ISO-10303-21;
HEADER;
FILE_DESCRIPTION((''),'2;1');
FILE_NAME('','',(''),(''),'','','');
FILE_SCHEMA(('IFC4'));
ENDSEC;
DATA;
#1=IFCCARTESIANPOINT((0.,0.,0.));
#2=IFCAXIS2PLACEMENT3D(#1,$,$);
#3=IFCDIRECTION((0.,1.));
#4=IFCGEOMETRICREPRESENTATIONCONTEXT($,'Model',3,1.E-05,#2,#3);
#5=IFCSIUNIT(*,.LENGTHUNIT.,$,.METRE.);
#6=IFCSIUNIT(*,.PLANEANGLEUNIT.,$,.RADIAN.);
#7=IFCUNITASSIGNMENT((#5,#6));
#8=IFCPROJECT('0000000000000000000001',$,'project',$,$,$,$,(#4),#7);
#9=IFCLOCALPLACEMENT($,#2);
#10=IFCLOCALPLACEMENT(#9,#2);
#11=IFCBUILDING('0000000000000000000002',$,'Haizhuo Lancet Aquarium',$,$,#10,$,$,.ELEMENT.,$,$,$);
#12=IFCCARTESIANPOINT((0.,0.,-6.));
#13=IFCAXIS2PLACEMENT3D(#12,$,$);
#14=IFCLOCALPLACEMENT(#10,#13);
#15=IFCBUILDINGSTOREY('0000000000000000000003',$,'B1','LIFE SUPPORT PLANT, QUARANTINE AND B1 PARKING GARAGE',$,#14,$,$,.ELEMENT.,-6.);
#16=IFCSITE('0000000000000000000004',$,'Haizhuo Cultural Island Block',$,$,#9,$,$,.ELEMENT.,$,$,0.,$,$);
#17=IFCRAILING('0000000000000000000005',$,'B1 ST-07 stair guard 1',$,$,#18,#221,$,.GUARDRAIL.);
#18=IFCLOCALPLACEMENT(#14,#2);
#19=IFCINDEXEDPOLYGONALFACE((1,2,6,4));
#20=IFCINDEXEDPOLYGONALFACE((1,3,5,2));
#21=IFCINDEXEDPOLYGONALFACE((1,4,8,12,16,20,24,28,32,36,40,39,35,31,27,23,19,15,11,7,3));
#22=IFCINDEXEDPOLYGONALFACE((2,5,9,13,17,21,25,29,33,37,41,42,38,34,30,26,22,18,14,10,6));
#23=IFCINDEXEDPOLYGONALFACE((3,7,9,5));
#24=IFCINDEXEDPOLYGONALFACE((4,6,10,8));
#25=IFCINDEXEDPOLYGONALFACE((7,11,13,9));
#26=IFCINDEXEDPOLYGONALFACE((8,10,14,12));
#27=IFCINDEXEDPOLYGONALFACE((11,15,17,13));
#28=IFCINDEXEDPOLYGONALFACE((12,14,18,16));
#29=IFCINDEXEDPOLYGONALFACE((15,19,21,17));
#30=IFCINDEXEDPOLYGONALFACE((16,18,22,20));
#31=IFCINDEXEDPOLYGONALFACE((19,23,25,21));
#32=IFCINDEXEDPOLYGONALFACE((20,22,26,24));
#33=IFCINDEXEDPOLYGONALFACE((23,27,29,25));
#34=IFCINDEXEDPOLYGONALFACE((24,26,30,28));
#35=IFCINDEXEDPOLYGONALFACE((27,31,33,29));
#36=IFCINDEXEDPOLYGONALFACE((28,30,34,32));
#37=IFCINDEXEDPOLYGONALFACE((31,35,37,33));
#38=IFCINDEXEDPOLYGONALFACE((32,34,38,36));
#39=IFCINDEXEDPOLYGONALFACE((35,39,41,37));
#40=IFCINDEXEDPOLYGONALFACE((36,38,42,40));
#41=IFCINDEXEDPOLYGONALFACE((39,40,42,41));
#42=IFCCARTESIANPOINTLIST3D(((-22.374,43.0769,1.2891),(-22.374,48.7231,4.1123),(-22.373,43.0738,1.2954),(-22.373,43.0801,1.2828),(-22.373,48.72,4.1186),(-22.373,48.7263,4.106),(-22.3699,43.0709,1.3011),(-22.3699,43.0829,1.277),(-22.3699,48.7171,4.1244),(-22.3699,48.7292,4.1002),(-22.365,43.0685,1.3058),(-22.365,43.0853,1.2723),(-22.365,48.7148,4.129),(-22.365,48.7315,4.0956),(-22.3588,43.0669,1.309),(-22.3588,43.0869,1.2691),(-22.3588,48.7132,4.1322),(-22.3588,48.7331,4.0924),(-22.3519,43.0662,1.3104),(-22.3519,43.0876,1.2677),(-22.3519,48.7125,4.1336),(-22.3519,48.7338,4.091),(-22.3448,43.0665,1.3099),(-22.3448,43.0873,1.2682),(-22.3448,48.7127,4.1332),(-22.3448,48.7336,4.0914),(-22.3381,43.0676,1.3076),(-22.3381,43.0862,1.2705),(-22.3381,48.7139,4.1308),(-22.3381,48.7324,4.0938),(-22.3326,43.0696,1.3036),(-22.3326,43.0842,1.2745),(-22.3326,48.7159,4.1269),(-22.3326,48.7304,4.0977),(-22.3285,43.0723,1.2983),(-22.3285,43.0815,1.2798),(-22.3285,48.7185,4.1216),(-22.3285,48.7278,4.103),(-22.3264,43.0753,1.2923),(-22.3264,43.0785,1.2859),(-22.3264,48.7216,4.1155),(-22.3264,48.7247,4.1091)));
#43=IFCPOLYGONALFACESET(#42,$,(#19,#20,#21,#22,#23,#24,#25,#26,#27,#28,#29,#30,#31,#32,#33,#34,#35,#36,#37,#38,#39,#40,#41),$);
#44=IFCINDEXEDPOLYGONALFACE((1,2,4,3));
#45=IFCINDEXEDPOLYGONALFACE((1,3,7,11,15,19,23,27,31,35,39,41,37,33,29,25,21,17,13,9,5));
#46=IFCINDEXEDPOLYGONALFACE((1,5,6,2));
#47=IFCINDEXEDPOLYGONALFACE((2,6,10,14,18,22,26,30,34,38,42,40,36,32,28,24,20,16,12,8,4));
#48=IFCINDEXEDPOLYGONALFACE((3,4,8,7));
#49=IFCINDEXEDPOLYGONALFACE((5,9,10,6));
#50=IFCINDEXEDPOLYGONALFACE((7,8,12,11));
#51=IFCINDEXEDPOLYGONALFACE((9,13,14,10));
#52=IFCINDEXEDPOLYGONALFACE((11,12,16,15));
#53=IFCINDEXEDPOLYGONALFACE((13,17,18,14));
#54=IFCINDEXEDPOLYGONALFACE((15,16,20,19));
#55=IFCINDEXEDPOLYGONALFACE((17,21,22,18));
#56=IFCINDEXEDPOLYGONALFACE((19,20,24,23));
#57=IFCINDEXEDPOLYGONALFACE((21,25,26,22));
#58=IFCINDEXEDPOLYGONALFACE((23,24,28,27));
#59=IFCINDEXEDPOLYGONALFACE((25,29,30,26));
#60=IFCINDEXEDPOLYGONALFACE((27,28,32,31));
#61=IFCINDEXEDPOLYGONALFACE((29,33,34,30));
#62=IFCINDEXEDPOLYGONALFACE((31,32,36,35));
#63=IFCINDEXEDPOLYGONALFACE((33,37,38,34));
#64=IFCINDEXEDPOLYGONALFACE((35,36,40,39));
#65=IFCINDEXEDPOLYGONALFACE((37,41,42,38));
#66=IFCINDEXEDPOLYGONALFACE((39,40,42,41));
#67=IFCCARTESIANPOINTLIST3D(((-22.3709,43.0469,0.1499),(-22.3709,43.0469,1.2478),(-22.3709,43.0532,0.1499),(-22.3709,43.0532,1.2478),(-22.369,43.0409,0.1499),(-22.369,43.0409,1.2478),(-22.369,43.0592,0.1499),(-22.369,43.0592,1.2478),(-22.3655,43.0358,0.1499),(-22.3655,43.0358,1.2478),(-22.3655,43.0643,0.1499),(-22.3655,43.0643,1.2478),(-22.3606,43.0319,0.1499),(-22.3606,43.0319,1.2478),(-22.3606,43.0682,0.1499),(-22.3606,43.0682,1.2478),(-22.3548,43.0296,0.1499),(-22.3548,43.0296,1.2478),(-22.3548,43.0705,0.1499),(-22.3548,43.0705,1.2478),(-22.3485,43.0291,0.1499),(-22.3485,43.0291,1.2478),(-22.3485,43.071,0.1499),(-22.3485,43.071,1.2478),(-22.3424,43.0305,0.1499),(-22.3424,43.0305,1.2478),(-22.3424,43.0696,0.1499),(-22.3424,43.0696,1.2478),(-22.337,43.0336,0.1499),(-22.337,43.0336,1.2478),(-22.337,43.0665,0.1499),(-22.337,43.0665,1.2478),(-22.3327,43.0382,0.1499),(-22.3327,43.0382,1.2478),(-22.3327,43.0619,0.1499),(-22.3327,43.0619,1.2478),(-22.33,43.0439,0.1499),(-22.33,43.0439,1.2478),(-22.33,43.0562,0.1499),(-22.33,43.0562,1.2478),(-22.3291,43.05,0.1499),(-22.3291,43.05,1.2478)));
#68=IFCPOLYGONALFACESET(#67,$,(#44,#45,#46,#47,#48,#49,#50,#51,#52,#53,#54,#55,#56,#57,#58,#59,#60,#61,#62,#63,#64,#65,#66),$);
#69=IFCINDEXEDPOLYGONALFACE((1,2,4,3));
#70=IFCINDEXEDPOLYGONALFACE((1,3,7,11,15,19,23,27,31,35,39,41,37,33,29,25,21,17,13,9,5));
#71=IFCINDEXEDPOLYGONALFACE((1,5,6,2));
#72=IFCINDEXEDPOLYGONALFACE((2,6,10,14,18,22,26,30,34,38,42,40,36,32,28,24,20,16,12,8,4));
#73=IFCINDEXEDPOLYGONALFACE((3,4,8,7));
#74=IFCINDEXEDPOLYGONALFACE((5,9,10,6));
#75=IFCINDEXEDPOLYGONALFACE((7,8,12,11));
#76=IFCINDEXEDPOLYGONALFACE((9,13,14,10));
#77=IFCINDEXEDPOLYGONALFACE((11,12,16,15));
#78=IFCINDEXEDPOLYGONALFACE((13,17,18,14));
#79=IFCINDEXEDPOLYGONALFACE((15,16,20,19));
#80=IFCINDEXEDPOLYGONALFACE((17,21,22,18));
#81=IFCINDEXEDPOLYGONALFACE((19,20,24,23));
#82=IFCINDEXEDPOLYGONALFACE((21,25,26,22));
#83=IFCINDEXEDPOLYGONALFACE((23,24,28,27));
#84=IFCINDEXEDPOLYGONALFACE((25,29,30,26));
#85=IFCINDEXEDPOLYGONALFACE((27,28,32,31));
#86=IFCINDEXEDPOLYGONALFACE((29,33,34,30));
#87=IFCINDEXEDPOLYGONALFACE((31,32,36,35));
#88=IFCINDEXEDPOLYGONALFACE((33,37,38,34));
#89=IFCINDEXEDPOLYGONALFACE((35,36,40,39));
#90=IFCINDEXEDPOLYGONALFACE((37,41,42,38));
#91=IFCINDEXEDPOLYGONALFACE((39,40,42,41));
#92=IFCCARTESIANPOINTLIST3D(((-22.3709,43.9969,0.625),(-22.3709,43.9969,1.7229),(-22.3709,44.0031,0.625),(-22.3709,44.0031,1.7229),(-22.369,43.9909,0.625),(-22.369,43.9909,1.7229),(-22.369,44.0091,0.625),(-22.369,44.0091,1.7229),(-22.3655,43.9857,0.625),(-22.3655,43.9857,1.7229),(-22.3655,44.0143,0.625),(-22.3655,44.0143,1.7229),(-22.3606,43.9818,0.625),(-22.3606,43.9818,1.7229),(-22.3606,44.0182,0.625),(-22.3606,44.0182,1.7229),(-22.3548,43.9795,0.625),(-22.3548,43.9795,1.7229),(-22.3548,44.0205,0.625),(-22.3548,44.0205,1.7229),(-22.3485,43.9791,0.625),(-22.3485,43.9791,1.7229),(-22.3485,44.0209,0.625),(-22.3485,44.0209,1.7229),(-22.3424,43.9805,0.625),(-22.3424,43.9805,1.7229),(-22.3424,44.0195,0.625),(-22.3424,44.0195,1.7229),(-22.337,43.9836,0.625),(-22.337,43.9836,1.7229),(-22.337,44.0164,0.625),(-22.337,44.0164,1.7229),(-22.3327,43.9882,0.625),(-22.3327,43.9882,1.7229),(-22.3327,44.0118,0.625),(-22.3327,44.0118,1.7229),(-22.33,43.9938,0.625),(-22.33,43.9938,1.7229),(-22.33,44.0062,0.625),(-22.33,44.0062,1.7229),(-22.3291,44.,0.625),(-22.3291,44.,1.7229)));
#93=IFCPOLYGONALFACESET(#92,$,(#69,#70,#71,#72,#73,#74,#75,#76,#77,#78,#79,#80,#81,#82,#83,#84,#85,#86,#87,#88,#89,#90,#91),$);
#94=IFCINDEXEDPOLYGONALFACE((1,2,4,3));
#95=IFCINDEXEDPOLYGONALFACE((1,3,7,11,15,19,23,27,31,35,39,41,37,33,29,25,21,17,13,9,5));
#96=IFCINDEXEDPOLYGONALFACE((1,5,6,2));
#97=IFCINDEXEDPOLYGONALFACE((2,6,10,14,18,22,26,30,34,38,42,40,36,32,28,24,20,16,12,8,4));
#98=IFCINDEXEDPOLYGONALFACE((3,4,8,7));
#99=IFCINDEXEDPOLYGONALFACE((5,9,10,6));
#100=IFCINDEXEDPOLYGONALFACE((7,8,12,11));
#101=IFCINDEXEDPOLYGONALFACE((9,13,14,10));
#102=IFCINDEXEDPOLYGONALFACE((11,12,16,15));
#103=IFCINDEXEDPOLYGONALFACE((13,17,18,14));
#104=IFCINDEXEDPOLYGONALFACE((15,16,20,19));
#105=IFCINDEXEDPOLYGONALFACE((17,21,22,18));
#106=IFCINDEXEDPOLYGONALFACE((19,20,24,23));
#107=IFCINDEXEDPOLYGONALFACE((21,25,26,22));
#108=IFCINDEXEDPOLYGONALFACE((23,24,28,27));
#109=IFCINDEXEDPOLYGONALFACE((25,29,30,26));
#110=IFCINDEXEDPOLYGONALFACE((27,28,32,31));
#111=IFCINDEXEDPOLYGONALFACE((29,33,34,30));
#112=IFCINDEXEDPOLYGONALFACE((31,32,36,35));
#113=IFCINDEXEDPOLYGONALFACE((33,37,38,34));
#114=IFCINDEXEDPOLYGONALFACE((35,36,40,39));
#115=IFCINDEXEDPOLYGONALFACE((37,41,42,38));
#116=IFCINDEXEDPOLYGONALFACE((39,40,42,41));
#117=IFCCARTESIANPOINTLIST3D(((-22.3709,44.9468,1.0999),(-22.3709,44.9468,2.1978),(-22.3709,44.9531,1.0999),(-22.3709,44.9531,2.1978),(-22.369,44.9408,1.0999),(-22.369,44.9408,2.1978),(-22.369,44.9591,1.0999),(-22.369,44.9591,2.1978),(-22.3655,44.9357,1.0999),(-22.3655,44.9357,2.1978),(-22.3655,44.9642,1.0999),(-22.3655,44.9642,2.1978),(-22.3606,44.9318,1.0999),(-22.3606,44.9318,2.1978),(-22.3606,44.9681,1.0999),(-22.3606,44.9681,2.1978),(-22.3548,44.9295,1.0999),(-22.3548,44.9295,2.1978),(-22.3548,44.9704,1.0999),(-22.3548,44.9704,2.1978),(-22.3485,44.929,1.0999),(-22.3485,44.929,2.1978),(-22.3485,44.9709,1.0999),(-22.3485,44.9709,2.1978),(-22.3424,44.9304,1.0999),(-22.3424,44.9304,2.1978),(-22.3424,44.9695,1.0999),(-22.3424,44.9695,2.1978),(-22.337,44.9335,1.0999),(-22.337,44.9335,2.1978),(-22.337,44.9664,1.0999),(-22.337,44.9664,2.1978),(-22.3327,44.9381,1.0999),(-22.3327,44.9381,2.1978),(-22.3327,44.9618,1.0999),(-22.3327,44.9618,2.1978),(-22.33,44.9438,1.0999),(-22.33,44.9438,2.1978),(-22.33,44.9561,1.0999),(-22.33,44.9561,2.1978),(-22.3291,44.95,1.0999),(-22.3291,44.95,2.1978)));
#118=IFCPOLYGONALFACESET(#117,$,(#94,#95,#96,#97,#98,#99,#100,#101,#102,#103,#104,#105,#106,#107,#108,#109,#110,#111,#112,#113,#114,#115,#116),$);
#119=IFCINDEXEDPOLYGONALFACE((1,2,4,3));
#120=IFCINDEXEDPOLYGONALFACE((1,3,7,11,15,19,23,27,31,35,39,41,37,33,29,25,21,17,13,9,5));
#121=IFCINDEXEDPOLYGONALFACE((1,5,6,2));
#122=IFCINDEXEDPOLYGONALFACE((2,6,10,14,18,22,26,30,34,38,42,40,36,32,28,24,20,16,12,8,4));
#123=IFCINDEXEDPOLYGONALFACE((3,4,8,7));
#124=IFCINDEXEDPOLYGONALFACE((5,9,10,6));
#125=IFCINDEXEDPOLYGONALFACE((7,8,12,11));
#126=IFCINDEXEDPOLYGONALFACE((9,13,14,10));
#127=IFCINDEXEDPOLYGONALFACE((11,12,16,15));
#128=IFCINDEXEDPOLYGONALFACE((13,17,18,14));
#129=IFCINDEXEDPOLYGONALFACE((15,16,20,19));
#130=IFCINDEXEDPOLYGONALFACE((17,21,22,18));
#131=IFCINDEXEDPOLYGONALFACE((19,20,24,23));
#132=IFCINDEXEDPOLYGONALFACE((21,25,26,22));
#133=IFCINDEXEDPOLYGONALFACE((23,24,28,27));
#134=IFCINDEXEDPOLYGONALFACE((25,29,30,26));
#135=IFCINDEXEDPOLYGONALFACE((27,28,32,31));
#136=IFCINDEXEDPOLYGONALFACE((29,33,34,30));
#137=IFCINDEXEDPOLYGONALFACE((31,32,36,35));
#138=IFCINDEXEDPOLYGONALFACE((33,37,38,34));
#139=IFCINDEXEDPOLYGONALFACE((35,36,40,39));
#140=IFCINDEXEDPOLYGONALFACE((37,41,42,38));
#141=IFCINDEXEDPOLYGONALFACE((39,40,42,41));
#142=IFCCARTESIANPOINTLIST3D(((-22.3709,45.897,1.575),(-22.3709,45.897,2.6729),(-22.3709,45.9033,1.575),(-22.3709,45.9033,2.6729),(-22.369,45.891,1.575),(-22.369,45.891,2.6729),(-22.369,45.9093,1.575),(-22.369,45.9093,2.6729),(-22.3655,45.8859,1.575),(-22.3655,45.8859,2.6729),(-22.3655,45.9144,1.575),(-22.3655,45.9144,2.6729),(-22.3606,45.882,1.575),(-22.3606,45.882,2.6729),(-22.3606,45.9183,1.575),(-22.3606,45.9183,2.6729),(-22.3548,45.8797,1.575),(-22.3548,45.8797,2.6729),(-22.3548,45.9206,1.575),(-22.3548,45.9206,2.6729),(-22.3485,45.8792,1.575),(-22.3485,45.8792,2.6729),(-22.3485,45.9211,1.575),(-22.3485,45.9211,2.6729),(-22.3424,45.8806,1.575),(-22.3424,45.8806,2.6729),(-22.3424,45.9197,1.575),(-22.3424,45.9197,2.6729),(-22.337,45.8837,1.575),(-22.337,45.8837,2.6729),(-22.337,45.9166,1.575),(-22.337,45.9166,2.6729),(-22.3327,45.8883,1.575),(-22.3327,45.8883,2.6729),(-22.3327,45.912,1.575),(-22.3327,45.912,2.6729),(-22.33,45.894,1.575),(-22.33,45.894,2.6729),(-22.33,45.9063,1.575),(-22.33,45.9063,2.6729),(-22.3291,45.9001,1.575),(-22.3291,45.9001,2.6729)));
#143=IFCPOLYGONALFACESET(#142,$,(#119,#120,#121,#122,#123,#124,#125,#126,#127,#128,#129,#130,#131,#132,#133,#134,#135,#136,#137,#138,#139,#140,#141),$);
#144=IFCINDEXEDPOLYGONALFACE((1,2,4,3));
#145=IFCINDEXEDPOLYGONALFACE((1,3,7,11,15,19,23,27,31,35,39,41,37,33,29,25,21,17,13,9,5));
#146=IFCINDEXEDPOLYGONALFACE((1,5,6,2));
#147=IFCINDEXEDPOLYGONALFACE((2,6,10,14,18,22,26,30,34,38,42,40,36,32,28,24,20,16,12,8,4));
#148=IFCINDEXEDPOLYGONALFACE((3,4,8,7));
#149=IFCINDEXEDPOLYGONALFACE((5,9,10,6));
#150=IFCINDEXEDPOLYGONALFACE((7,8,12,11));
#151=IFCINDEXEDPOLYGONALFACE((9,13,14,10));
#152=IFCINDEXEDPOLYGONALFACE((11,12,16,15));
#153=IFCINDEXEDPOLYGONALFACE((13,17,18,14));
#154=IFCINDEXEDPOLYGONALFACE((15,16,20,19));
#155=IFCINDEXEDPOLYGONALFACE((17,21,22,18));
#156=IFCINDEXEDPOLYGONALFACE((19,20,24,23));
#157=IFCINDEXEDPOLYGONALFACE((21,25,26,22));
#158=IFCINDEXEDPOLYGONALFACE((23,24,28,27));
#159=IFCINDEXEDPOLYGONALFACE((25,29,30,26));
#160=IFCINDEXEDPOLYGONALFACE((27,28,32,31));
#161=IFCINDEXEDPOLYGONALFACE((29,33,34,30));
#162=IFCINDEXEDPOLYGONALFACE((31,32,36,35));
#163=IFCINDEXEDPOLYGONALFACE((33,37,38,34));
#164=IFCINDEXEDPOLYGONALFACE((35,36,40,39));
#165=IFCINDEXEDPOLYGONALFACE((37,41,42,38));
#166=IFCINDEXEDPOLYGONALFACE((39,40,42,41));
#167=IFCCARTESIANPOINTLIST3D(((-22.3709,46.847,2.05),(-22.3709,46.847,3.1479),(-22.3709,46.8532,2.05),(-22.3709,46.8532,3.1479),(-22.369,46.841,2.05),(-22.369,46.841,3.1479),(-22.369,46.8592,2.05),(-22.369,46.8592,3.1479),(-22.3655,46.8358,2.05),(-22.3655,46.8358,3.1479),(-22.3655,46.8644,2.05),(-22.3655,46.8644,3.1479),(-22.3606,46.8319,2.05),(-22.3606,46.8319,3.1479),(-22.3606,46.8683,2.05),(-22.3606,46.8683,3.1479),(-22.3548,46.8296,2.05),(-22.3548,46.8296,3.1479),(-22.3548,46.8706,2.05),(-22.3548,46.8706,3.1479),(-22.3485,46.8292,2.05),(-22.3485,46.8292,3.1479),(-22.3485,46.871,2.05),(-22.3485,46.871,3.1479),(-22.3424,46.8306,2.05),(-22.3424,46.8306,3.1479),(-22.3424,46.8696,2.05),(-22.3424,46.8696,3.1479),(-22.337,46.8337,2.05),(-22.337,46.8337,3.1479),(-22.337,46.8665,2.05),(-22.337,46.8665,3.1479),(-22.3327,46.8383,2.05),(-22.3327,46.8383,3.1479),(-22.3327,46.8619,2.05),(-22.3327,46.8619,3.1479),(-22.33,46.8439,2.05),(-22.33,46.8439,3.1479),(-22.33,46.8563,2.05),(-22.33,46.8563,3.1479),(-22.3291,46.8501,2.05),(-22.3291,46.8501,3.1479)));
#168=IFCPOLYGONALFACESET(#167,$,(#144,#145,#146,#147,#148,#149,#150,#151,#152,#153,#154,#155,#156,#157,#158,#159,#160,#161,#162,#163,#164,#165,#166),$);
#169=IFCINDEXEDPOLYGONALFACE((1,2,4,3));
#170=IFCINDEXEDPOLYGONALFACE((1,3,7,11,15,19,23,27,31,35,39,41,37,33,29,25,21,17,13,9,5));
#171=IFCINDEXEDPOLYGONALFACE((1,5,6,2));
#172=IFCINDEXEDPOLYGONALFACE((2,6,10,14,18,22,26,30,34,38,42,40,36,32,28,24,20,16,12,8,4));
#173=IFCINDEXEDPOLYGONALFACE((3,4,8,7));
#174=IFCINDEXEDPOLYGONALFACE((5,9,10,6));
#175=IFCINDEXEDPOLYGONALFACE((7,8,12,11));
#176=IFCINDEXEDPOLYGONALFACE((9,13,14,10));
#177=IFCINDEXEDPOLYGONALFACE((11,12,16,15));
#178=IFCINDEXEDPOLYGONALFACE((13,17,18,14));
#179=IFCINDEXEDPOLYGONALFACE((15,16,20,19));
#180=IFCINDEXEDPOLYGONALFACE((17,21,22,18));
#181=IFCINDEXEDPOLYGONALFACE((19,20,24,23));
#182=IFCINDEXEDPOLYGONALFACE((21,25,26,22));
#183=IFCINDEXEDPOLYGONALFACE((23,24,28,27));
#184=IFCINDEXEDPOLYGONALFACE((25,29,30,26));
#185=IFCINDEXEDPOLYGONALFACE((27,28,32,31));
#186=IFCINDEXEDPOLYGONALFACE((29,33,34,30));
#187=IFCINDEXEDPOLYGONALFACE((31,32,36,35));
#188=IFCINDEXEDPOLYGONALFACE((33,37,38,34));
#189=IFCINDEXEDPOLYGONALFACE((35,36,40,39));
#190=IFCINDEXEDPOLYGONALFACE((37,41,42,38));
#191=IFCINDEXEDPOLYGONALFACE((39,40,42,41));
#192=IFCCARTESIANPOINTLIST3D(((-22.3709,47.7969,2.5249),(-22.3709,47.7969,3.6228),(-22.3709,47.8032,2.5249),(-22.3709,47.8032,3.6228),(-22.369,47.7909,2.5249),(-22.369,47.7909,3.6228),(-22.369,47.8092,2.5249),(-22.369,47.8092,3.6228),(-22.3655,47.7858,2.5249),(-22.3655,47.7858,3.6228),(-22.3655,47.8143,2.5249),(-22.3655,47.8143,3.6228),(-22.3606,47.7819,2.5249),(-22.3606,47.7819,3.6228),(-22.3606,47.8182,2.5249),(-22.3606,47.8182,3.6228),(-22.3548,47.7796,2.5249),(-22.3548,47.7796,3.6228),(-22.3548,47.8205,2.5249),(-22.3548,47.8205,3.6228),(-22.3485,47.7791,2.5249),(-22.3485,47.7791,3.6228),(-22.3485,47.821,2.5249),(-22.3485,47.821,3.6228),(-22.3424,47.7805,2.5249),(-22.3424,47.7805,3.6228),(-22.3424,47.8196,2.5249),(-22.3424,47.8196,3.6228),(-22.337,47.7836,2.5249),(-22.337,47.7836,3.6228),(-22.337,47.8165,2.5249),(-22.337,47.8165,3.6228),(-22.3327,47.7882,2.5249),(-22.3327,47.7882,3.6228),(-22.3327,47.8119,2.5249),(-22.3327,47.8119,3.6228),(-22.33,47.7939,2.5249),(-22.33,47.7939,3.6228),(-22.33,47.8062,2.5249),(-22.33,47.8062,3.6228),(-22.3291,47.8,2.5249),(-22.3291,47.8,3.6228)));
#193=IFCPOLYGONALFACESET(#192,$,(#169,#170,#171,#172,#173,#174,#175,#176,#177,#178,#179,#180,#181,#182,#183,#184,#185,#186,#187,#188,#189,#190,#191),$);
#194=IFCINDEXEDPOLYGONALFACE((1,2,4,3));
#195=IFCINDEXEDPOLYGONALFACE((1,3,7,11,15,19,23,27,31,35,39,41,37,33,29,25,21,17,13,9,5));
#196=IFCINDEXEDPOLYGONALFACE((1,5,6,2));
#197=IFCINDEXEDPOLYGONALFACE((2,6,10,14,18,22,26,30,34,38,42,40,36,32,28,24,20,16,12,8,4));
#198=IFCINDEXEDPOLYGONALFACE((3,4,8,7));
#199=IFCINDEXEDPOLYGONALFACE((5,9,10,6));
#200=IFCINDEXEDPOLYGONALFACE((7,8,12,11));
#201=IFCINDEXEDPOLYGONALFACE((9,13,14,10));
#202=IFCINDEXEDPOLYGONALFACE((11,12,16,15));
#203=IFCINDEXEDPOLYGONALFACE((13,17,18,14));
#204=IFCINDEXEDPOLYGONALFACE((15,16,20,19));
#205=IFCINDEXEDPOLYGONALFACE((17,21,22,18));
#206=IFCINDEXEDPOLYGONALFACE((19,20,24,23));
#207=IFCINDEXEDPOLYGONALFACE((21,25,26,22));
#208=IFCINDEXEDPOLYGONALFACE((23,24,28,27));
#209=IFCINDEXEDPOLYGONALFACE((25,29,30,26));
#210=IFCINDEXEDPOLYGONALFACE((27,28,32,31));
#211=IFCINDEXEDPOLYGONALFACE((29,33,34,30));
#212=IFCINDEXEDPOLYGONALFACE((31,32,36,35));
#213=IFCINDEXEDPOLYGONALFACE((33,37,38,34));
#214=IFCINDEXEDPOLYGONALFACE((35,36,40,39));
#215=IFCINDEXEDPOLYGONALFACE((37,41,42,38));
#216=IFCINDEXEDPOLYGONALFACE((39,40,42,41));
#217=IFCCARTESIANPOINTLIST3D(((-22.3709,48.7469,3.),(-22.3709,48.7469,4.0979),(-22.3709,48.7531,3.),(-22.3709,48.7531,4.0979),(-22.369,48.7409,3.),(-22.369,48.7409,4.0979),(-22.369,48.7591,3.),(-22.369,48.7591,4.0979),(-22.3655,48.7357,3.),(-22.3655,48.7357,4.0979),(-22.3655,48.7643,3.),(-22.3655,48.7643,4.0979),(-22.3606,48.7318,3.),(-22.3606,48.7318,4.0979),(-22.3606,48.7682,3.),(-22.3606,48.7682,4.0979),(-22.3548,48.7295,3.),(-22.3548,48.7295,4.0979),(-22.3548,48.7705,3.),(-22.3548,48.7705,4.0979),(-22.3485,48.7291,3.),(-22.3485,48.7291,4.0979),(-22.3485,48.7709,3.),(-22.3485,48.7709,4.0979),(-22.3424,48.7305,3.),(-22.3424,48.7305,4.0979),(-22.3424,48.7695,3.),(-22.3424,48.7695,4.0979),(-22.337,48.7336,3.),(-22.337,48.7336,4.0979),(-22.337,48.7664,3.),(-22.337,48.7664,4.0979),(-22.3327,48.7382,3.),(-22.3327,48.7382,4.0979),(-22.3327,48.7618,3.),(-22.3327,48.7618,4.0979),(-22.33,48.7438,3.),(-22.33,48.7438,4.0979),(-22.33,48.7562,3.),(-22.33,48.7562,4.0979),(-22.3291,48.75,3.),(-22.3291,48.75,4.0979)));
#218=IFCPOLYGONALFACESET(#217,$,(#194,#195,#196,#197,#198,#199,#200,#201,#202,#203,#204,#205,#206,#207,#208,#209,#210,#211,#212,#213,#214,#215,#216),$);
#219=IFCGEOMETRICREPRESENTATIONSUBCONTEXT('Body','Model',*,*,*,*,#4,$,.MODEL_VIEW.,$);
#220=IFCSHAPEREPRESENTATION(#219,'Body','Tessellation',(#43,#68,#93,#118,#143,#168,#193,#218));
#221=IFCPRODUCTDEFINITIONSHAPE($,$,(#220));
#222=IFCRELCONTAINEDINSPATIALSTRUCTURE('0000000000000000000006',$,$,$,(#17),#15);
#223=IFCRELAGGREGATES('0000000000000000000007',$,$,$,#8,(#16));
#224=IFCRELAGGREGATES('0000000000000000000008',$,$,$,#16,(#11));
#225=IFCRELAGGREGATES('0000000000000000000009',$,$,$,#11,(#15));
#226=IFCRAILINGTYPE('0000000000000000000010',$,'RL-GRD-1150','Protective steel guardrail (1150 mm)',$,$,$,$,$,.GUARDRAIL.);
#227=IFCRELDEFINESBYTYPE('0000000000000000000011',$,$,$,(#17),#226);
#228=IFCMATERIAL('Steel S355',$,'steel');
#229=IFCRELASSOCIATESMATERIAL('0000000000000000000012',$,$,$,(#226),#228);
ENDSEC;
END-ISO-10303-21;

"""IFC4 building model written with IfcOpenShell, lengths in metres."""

from ifc_helpers import new_model, si_unit, direction, frame, origin, origin_2d, place, context, subcontext, project, spatial, circle, extrude, material, type_object, element, save


model = new_model("IFC4")

# Units and contexts
model_context = context("Model", 3, precision=1e-05, world=origin(), true_north=direction((0.0, 1.0)))
body_context = subcontext(model_context, "Body", "Model", "MODEL_VIEW")
ifc_project = project(units=[si_unit("LENGTHUNIT", "METRE"), si_unit("PLANEANGLEUNIT", "RADIAN")], contexts=[model_context])

# Site, building, storey
site_placement = place(None, origin())
site = spatial("IfcSite", under=ifc_project, at=site_placement, Name="Haizhuo Cultural Island Block", CompositionType="ELEMENT", RefElevation=0.0)
building_placement = place(site_placement, origin())
building = spatial("IfcBuilding", under=site, at=building_placement, Name="Haizhuo Lancet Aquarium", CompositionType="ELEMENT")
storey_placement = place(building_placement, frame((0.0, 0.0, -6.0)))
storey = spatial("IfcBuildingStorey", under=building, at=storey_placement, Name="B1", Description="LIFE SUPPORT PLANT, QUARANTINE AND B1 PARKING GARAGE", CompositionType="ELEMENT", Elevation=-6.0)

# Shared definitions
ifc_material_1 = material(Name="Steel S355", Category="steel")

# Railing
railing_type_1 = type_object("IfcRailingType", Name="RL-GRD-1150", Description="Protective steel guardrail (1150 mm)", PredefinedType="GUARDRAIL", material=ifc_material_1)
railing_1_placement = place(storey_placement, frame((-22.3501, 43.05, 0.1499)))
element("IfcRailing", 1, at=railing_1_placement, inside=storey, type_object=railing_type_1, Name="B1 ST-07 stair guard 1", PredefinedType="GUARDRAIL", context=body_context, shape_type="SweptSolid", body=[
    extrude(circle(Radius=0.0239, at=origin_2d()), frame((0.0, 0.0269, 1.1392), z_axis=(0.0, 0.89442, 0.447229), x_axis=(-1.0, 0.0, 0.0)), (0.0, 0.0, 1.0), 6.3127),
    extrude(circle(Radius=0.021, at=origin_2d()), origin(), (0.0, 0.0, 1.0), 1.0979),
    extrude(circle(Radius=0.021, at=origin_2d()), frame((0.0, 0.95, 0.4751)), (0.0, 0.0, 1.0), 1.0979),
    extrude(circle(Radius=0.021, at=origin_2d()), frame((0.0, 1.8999, 0.95)), (0.0, 0.0, 1.0), 1.0979),
    extrude(circle(Radius=0.021, at=origin_2d()), frame((0.0, 2.8501, 1.425)), (0.0, 0.0, 1.0), 1.0979),
    extrude(circle(Radius=0.021, at=origin_2d()), frame((0.0, 3.8, 1.9001)), (0.0, 0.0, 1.0), 1.0979),
    extrude(circle(Radius=0.021, at=origin_2d()), frame((0.0, 4.75, 2.375)), (0.0, 0.0, 1.0), 1.0979),
    extrude(circle(Radius=0.021, at=origin_2d()), frame((0.0, 5.7, 2.8501)), (0.0, 0.0, 1.0), 1.0979),
])

save(model, "model.ifc")
